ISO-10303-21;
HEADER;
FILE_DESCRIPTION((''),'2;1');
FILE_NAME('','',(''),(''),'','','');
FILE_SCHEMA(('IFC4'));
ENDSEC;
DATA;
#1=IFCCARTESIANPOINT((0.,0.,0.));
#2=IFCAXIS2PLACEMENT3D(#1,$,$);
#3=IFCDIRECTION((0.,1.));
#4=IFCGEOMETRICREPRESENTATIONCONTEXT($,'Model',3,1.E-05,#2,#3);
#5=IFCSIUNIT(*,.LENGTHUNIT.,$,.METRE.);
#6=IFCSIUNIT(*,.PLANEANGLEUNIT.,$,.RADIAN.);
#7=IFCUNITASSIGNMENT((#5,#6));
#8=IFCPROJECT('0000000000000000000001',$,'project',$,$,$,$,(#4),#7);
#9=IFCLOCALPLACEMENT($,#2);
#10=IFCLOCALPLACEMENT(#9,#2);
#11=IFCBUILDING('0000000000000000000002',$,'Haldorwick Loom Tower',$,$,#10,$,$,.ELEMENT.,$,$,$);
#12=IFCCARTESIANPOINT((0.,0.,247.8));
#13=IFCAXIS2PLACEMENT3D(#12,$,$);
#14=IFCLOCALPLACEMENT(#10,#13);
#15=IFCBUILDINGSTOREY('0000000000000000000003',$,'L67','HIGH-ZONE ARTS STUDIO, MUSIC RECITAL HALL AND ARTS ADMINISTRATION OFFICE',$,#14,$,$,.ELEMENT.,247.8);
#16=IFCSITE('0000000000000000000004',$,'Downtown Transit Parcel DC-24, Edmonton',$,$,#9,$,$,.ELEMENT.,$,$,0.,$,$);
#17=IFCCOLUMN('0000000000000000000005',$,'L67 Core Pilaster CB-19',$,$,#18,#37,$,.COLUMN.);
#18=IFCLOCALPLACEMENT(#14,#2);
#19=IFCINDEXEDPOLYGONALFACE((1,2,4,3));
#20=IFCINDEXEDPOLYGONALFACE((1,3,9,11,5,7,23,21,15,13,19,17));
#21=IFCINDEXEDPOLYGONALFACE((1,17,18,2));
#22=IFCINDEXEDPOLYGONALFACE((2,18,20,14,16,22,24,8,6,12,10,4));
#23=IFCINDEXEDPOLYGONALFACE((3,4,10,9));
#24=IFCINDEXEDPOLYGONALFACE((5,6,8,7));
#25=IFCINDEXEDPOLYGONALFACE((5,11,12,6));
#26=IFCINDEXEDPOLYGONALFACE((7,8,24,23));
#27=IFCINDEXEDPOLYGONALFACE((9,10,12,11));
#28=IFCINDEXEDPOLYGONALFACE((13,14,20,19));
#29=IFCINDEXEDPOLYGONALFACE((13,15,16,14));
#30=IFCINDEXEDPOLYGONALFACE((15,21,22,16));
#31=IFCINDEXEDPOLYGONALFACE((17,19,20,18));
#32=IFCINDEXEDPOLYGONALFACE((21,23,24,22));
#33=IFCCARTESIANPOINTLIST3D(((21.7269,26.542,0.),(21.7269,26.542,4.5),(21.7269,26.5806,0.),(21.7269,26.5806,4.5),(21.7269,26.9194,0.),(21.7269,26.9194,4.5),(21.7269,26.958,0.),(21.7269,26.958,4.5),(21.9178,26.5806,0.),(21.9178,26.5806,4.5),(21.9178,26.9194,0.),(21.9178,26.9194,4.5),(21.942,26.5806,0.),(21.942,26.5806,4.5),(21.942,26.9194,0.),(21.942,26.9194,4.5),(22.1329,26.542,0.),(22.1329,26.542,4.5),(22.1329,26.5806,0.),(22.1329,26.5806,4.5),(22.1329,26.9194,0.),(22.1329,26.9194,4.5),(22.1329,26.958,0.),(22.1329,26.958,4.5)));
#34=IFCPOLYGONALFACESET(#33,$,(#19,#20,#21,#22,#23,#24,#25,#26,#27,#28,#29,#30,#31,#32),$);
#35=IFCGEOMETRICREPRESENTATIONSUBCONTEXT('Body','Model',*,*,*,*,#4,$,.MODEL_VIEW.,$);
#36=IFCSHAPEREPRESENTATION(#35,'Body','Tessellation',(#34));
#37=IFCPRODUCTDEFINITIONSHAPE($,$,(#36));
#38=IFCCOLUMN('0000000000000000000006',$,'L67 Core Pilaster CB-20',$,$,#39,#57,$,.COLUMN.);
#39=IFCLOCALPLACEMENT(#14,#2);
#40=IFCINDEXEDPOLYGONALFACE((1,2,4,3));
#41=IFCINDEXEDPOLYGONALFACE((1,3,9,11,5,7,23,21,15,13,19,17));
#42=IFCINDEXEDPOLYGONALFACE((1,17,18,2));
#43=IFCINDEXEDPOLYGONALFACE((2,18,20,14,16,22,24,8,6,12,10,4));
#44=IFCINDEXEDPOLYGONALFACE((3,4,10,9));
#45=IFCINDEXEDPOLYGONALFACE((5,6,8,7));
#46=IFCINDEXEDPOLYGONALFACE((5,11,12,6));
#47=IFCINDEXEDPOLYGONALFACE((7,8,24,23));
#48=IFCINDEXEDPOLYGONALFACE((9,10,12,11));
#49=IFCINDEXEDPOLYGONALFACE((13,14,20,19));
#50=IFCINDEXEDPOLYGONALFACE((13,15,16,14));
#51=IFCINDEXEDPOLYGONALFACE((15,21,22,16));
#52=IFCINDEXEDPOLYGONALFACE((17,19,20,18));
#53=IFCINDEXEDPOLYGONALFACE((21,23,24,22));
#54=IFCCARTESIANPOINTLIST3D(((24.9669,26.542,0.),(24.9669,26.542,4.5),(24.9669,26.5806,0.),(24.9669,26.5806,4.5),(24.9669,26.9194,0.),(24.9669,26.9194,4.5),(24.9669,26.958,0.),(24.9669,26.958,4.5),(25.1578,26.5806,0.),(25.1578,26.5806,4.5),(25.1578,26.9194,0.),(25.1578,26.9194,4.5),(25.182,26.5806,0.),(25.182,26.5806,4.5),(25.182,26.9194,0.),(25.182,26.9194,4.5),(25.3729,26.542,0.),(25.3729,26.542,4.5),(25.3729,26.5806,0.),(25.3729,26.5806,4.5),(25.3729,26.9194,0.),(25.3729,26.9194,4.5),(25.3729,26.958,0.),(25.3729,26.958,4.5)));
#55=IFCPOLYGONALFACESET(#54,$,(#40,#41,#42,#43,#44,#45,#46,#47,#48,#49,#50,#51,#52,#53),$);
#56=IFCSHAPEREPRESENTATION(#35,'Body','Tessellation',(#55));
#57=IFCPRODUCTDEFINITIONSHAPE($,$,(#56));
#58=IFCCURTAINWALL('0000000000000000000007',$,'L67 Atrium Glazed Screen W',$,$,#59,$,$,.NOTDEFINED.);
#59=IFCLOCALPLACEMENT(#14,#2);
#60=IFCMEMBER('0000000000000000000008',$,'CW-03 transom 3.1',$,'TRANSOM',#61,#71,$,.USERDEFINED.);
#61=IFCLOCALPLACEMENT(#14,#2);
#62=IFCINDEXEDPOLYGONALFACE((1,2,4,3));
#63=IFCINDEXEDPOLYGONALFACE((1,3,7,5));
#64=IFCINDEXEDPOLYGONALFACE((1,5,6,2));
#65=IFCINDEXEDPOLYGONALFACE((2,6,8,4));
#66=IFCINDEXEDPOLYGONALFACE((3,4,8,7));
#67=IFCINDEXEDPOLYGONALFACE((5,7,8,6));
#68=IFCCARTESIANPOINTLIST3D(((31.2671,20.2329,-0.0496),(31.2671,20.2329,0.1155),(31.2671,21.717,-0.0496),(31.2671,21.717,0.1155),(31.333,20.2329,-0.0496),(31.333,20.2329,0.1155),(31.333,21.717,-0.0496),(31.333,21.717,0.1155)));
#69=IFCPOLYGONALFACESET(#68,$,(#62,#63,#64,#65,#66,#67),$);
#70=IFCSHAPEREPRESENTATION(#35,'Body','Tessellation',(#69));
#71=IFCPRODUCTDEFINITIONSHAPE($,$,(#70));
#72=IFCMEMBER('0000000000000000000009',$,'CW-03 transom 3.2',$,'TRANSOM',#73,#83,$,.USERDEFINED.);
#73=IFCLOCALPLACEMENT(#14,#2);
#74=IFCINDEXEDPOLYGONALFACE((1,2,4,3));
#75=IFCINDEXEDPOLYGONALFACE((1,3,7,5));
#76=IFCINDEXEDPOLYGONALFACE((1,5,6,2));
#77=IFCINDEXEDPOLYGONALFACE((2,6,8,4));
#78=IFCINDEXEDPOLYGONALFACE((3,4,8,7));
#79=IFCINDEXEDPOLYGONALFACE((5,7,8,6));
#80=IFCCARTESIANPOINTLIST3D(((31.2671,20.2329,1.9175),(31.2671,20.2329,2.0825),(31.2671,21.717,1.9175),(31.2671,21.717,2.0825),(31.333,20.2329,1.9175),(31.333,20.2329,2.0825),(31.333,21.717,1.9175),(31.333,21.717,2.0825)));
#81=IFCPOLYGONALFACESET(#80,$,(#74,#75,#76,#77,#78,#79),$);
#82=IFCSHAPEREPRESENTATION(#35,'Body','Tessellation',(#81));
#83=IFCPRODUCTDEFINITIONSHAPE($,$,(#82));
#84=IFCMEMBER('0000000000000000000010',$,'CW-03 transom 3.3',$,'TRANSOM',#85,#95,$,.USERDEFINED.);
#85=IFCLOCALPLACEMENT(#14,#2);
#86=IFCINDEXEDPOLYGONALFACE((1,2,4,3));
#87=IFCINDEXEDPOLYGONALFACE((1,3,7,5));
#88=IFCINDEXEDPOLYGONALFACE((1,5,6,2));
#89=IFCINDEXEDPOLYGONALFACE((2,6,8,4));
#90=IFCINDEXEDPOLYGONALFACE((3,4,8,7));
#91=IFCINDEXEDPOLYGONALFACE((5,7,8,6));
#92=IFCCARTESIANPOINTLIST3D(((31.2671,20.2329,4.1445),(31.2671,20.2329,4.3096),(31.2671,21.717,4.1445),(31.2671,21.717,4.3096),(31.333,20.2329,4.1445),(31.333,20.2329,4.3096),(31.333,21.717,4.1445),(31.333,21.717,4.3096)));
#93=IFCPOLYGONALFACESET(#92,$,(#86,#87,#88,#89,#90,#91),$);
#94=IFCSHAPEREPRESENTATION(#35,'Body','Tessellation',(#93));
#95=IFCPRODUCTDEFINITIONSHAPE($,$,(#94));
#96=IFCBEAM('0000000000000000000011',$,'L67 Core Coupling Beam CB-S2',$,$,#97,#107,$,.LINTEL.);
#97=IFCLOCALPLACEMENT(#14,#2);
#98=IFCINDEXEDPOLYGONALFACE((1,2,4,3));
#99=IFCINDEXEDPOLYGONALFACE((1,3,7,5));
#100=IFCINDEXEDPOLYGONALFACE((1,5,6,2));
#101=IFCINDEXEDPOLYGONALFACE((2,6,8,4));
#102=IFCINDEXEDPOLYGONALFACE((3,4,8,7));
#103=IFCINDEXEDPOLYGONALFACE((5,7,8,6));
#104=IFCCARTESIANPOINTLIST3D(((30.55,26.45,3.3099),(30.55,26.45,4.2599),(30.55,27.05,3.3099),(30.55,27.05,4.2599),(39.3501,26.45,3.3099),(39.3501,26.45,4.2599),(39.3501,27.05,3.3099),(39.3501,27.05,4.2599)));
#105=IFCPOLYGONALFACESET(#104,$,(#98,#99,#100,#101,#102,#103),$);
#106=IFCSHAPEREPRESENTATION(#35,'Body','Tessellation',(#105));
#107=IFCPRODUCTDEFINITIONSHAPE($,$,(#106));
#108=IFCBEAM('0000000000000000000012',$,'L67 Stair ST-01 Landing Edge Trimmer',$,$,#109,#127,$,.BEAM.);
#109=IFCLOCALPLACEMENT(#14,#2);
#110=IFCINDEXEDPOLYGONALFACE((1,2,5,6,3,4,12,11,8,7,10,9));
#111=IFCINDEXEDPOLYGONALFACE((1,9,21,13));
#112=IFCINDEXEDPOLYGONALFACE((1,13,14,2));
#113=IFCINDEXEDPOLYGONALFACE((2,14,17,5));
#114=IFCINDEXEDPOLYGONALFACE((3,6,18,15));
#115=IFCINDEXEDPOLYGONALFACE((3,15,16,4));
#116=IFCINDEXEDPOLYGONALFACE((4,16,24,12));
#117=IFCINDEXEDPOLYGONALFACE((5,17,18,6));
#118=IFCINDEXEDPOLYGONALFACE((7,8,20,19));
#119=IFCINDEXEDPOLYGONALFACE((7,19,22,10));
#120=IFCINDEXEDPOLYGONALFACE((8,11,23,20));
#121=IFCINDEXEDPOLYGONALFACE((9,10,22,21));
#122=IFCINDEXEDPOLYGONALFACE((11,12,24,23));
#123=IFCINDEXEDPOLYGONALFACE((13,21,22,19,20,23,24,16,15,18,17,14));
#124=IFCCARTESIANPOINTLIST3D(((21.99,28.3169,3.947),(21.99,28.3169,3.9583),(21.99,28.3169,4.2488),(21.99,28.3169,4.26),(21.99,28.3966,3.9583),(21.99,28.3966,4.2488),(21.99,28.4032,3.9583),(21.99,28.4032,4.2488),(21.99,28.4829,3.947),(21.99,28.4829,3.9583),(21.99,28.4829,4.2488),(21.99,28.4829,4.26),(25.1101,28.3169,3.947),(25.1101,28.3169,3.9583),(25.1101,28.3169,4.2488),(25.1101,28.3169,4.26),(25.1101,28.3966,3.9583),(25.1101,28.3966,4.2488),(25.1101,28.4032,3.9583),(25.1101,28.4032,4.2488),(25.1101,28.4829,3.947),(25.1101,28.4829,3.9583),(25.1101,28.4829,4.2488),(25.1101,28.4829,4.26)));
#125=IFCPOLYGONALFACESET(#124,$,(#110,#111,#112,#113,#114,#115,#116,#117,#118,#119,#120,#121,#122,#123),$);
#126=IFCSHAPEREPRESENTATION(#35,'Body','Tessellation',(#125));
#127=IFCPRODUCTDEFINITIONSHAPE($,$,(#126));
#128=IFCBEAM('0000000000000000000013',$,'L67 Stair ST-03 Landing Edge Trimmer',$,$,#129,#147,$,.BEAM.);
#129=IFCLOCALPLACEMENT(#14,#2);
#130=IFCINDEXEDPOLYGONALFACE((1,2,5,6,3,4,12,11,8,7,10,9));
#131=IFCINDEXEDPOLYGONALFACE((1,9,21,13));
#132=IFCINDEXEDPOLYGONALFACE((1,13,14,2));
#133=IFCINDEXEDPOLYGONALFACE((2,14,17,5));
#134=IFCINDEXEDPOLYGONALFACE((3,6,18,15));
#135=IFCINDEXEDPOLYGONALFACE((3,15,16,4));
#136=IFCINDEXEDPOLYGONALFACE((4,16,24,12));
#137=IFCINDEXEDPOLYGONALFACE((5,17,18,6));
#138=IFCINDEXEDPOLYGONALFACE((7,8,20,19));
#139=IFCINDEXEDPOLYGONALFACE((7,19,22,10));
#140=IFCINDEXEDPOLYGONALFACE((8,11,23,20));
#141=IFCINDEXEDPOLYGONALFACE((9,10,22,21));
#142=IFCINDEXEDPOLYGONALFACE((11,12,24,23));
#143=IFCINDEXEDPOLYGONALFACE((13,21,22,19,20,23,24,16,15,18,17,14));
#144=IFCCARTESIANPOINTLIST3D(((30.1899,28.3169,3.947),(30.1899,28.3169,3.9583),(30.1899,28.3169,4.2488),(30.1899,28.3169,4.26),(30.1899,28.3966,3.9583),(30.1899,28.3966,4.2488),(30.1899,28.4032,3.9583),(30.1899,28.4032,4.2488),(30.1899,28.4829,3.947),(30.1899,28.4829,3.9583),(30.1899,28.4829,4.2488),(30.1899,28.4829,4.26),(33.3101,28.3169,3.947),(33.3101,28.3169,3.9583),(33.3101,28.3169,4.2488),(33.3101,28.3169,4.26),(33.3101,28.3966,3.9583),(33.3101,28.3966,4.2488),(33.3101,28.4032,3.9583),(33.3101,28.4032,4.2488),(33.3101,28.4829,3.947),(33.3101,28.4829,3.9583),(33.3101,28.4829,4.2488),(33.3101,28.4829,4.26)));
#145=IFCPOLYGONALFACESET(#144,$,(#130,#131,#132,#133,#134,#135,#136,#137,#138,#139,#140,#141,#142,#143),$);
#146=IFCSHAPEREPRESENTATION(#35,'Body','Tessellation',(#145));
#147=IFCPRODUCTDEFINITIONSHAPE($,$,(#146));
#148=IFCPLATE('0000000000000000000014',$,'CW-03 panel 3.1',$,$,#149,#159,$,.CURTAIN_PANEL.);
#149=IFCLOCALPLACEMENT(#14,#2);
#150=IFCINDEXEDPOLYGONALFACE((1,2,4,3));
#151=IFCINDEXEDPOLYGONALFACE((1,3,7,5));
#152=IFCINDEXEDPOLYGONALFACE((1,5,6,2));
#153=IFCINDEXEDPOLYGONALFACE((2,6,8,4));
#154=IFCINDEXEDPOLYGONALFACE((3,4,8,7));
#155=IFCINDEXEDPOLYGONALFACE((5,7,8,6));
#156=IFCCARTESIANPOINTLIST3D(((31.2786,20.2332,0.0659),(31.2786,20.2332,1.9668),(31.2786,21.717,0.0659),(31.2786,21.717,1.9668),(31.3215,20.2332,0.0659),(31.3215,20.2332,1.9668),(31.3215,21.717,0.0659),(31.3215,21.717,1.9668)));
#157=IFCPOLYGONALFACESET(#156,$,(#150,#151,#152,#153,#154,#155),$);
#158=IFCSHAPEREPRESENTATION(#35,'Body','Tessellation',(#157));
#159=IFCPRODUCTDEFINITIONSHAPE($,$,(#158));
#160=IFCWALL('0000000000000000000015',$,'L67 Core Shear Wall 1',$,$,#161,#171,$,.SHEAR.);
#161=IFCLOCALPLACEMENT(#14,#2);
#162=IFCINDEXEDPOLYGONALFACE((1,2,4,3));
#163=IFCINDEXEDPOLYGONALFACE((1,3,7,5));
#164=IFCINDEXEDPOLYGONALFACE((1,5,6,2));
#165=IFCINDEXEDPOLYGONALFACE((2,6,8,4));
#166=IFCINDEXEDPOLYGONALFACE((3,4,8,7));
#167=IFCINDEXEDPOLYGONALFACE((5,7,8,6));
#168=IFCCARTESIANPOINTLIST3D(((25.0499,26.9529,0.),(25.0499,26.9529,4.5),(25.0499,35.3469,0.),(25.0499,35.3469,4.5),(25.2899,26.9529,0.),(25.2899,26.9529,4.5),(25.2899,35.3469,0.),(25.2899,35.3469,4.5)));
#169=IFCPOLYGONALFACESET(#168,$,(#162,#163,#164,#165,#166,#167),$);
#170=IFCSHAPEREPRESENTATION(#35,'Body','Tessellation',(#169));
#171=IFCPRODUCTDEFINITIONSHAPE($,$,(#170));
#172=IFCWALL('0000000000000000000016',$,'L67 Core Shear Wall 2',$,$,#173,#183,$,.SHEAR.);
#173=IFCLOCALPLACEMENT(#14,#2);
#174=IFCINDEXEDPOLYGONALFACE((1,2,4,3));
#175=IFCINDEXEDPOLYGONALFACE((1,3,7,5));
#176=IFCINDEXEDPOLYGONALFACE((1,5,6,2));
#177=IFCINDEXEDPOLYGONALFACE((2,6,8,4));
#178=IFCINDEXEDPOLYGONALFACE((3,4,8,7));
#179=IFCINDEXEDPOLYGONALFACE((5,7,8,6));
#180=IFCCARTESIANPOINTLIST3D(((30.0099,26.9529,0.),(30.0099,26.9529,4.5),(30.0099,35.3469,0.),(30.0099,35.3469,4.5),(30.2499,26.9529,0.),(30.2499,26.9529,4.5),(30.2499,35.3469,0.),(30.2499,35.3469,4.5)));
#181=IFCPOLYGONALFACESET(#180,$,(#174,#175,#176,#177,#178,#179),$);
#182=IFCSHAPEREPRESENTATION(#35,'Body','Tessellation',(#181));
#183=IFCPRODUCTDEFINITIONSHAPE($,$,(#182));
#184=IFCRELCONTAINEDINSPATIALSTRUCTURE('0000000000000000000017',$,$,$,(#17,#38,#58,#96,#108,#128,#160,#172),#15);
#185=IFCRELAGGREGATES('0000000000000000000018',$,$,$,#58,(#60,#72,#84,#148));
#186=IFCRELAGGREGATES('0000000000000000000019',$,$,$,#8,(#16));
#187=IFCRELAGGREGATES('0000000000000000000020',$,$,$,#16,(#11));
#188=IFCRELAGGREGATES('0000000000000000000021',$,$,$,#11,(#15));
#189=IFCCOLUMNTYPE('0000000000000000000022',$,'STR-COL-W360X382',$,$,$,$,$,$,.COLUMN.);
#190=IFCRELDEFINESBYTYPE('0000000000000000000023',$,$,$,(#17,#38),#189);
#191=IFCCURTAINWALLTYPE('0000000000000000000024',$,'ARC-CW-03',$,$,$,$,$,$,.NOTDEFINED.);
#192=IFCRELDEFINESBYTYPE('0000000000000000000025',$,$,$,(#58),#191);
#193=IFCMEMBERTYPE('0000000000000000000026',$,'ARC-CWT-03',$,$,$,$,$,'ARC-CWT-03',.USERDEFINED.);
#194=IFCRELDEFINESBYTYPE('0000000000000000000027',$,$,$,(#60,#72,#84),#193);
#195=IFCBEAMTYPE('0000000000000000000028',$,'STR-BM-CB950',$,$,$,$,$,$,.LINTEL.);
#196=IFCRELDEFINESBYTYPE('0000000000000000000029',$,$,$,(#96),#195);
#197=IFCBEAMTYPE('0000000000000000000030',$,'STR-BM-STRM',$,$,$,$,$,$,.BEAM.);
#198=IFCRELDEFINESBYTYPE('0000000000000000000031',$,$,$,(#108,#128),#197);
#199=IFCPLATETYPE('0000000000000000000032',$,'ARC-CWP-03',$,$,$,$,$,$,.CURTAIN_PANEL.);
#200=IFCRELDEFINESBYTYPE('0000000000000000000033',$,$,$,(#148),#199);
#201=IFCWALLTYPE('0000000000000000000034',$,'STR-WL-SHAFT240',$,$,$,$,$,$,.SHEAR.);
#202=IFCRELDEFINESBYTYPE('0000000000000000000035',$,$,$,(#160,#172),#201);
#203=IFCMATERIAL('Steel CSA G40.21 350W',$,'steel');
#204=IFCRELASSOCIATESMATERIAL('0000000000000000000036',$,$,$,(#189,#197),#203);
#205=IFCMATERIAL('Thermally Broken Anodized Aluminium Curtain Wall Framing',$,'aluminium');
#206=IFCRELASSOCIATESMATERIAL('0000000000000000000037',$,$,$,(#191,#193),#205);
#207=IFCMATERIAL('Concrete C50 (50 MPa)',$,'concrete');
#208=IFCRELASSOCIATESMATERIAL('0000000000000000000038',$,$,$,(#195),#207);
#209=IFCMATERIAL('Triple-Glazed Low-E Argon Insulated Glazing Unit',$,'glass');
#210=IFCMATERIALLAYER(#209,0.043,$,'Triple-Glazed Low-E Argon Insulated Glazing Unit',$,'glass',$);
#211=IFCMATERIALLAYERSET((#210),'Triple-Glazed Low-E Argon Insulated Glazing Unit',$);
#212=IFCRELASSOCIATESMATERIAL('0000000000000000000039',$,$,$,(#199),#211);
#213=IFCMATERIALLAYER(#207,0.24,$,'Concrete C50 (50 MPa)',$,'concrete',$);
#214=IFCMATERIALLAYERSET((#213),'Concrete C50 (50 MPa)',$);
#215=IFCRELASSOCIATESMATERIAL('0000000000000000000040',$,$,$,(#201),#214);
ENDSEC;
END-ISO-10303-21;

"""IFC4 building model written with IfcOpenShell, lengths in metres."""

from ifc_helpers import new_model, si_unit, direction, frame, frame_2d, origin, origin_2d, place, context, subcontext, project, spatial, rectangle, i_section, extrude, material, layer, layer_set, material_profile, profile_set, type_object, element, aggregate, save


model = new_model("IFC4")

# Units and contexts
model_context = context("Model", 3, precision=1e-05, world=origin(), true_north=direction((0.0, 1.0)))
body_context = subcontext(model_context, "Body", "Model", "MODEL_VIEW")
ifc_project = project(units=[si_unit("LENGTHUNIT", "METRE"), si_unit("PLANEANGLEUNIT", "RADIAN")], contexts=[model_context])

# Site, building, storey
site_placement = place(None, origin())
site = spatial("IfcSite", under=ifc_project, at=site_placement, Name="Downtown Transit Parcel DC-24, Edmonton", CompositionType="ELEMENT", RefElevation=0.0)
building_placement = place(site_placement, origin())
building = spatial("IfcBuilding", under=site, at=building_placement, Name="Haldorwick Loom Tower", CompositionType="ELEMENT")
storey_placement = place(building_placement, frame((0.0, 0.0, 247.8)))
storey = spatial("IfcBuildingStorey", under=building, at=storey_placement, Name="L67", Description="HIGH-ZONE ARTS STUDIO, MUSIC RECITAL HALL AND ARTS ADMINISTRATION OFFICE", CompositionType="ELEMENT", Elevation=247.8)

# Columns
ifc_material_1 = material(Name="Steel CSA G40.21 350W", Category="steel")
ifc_material_profile_1 = material_profile(ifc_material_1, i_section(OverallWidth=0.406, OverallDepth=0.416, WebThickness=0.0242, FlangeThickness=0.0386, at=origin_2d()), Name="W360X382", Category="steel")
ifc_profile_set_1 = profile_set([ifc_material_profile_1], Name="Steel CSA G40.21 350W")
column_type = type_object("IfcColumnType", Name="STR-COL-W360X382", PredefinedType="COLUMN", material=ifc_profile_set_1)
for number, where, z_axis, x_axis, name in (
    (1, (21.9299, 26.75, 0.0), (0.0, 0.0, 1.0), (1.0, 0.0, 0.0), "L67 Core Pilaster CB-19"),
    (2, (25.1699, 26.75, 0.0), (0.0, 0.0, 1.0), (1.0, 0.0, 0.0), "L67 Core Pilaster CB-20"),
):
    element("IfcColumn", number, at=place(storey_placement, frame(where, z_axis=z_axis, x_axis=x_axis)), inside=storey, type_object=column_type, Name=name, PredefinedType="COLUMN", context=body_context, shape_type="SweptSolid", body=[
        extrude(i_section(OverallWidth=0.406, OverallDepth=0.416, WebThickness=0.0242, FlangeThickness=0.0386, at=origin_2d()), origin(), (0.0, 0.0, 1.0), 4.5),
    ])

# Curtain wall, members
ifc_material_2 = material(Name="Thermally Broken Anodized Aluminium Curtain Wall Framing", Category="aluminium")
curtain_wall_type = type_object("IfcCurtainWallType", Name="ARC-CW-03", PredefinedType="NOTDEFINED", material=ifc_material_2)
curtain_wall_placement = place(storey_placement, origin())
curtain_wall = element("IfcCurtainWall", 3, at=curtain_wall_placement, inside=storey, type_object=curtain_wall_type, Name="L67 Atrium Glazed Screen W", PredefinedType="NOTDEFINED")
ifc_material_profile_2 = material_profile(ifc_material_2, rectangle(XDim=0.0659, YDim=0.165, at=origin_2d()), Name="ALU_TRN_66X165", Category="aluminium")
ifc_profile_set_2 = profile_set([ifc_material_profile_2], Name="Thermally Broken Anodized Aluminium Curtain Wall Framing")
member_type = type_object("IfcMemberType", Name="ARC-CWT-03", ElementType="ARC-CWT-03", PredefinedType="USERDEFINED", material=ifc_profile_set_2)
member_1_placement = place(storey_placement, frame((31.3, 20.2329, 0.033), z_axis=(0.0, 1.0, 0.0), x_axis=(-1.0, 0.0, 0.0)))
member_1 = element("IfcMember", 4, at=member_1_placement, type_object=member_type, Name="CW-03 transom 3.1", ObjectType="TRANSOM", PredefinedType="USERDEFINED", context=body_context, shape_type="SweptSolid", body=[
    extrude(rectangle(XDim=0.0659, YDim=0.165, at=origin_2d()), origin(), (0.0, 0.0, 1.0), 1.4841),
])
member_2_placement = place(storey_placement, frame((31.3, 20.2329, 2.0), z_axis=(0.0, 1.0, 0.0), x_axis=(-1.0, 0.0, 0.0)))
member_2 = element("IfcMember", 5, at=member_2_placement, type_object=member_type, Name="CW-03 transom 3.2", ObjectType="TRANSOM", PredefinedType="USERDEFINED", context=body_context, shape_type="SweptSolid", body=[
    extrude(rectangle(XDim=0.0659, YDim=0.165, at=origin_2d()), origin(), (0.0, 0.0, 1.0), 1.4841),
])
member_3_placement = place(storey_placement, frame((31.3, 20.2329, 4.2271), z_axis=(0.0, 1.0, 0.0), x_axis=(-1.0, 0.0, 0.0)))
member_3 = element("IfcMember", 6, at=member_3_placement, type_object=member_type, Name="CW-03 transom 3.3", ObjectType="TRANSOM", PredefinedType="USERDEFINED", context=body_context, shape_type="SweptSolid", body=[
    extrude(rectangle(XDim=0.0659, YDim=0.165, at=origin_2d()), origin(), (0.0, 0.0, 1.0), 1.4841),
])

# Beams
ifc_material_3 = material(Name="Concrete C50 (50 MPa)", Category="concrete")
ifc_material_profile_3 = material_profile(ifc_material_3, rectangle(XDim=0.6001, YDim=0.95, at=origin_2d()), Name="RC600X950", Category="concrete")
ifc_profile_set_3 = profile_set([ifc_material_profile_3], Name="Concrete C50 (50 MPa)")
beam_type_1 = type_object("IfcBeamType", Name="STR-BM-CB950", PredefinedType="LINTEL", material=ifc_profile_set_3)
beam_placement = place(storey_placement, frame((30.55, 26.75, 3.7849), z_axis=(1.0, 0.0, 0.0), x_axis=(0.0, 1.0, 0.0)))
element("IfcBeam", 7, at=beam_placement, inside=storey, type_object=beam_type_1, Name="L67 Core Coupling Beam CB-S2", PredefinedType="LINTEL", context=body_context, shape_type="SweptSolid", body=[
    extrude(rectangle(XDim=0.6001, YDim=0.95, at=origin_2d()), origin(), (0.0, 0.0, 1.0), 8.8),
])
ifc_material_profile_4 = material_profile(ifc_material_1, i_section(OverallWidth=0.166, OverallDepth=0.313, WebThickness=0.0066, FlangeThickness=0.0112, at=origin_2d()), Name="W310X45", Category="steel")
ifc_profile_set_4 = profile_set([ifc_material_profile_4], Name="Steel CSA G40.21 350W")
beam_type_2 = type_object("IfcBeamType", Name="STR-BM-STRM", PredefinedType="BEAM", material=ifc_profile_set_4)
for number, where, z_axis, x_axis, name in (
    (8, (21.99, 28.3999, 4.1035), (1.0, 0.0, 0.0), (0.0, 1.0, 0.0), "L67 Stair ST-01 Landing Edge Trimmer"),
    (9, (30.1899, 28.3999, 4.1035), (1.0, 0.0, 0.0), (0.0, 1.0, 0.0), "L67 Stair ST-03 Landing Edge Trimmer"),
):
    element("IfcBeam", number, at=place(storey_placement, frame(where, z_axis=z_axis, x_axis=x_axis)), inside=storey, type_object=beam_type_2, Name=name, PredefinedType="BEAM", context=body_context, shape_type="SweptSolid", body=[
        extrude(i_section(OverallWidth=0.166, OverallDepth=0.313, WebThickness=0.0066, FlangeThickness=0.0112, at=origin_2d()), origin(), (0.0, 0.0, 1.0), 3.1201),
    ])

# Plate
ifc_material_4 = material(Name="Triple-Glazed Low-E Argon Insulated Glazing Unit", Category="glass")
ifc_layer_1 = layer(ifc_material_4, 0.043, Name="Triple-Glazed Low-E Argon Insulated Glazing Unit", Category="glass")
ifc_layer_set_1 = layer_set([ifc_layer_1], Name="Triple-Glazed Low-E Argon Insulated Glazing Unit")
plate_type = type_object("IfcPlateType", Name="ARC-CWP-03", PredefinedType="CURTAIN_PANEL", material=ifc_layer_set_1)
plate_placement = place(storey_placement, frame((31.3, 20.9751, 0.0659), z_axis=(0.0, 0.0, 1.0), x_axis=(0.0, 1.0, 0.0)))
plate = element("IfcPlate", 10, at=plate_placement, type_object=plate_type, Name="CW-03 panel 3.1", PredefinedType="CURTAIN_PANEL", context=body_context, shape_type="SweptSolid", body=[
    extrude(rectangle(XDim=1.4839, YDim=0.043, at=origin_2d()), origin(), (0.0, 0.0, 1.0), 1.9009),
])
aggregate(curtain_wall, [member_1, member_2, member_3, plate])

# Walls
ifc_layer_2 = layer(ifc_material_3, 0.24, Name="Concrete C50 (50 MPa)", Category="concrete")
ifc_layer_set_2 = layer_set([ifc_layer_2], Name="Concrete C50 (50 MPa)")
wall_type = type_object("IfcWallType", Name="STR-WL-SHAFT240", PredefinedType="SHEAR", material=ifc_layer_set_2)
for number, where, z_axis, x_axis, name in (
    (11, (25.1699, 26.9529, 0.0), (0.0, 0.0, 1.0), (0.0, 1.0, 0.0), "L67 Core Shear Wall 1"),
    (12, (30.1299, 26.9529, 0.0), (0.0, 0.0, 1.0), (0.0, 1.0, 0.0), "L67 Core Shear Wall 2"),
):
    element("IfcWall", number, at=place(storey_placement, frame(where, z_axis=z_axis, x_axis=x_axis)), inside=storey, type_object=wall_type, Name=name, PredefinedType="SHEAR", context=body_context, shape_type="SweptSolid", body=[
        extrude(rectangle(XDim=8.394, YDim=0.24, at=frame_2d((4.197, 0.0))), origin(), (0.0, 0.0, 1.0), 4.5),
    ])

save(model, "model.ifc")
